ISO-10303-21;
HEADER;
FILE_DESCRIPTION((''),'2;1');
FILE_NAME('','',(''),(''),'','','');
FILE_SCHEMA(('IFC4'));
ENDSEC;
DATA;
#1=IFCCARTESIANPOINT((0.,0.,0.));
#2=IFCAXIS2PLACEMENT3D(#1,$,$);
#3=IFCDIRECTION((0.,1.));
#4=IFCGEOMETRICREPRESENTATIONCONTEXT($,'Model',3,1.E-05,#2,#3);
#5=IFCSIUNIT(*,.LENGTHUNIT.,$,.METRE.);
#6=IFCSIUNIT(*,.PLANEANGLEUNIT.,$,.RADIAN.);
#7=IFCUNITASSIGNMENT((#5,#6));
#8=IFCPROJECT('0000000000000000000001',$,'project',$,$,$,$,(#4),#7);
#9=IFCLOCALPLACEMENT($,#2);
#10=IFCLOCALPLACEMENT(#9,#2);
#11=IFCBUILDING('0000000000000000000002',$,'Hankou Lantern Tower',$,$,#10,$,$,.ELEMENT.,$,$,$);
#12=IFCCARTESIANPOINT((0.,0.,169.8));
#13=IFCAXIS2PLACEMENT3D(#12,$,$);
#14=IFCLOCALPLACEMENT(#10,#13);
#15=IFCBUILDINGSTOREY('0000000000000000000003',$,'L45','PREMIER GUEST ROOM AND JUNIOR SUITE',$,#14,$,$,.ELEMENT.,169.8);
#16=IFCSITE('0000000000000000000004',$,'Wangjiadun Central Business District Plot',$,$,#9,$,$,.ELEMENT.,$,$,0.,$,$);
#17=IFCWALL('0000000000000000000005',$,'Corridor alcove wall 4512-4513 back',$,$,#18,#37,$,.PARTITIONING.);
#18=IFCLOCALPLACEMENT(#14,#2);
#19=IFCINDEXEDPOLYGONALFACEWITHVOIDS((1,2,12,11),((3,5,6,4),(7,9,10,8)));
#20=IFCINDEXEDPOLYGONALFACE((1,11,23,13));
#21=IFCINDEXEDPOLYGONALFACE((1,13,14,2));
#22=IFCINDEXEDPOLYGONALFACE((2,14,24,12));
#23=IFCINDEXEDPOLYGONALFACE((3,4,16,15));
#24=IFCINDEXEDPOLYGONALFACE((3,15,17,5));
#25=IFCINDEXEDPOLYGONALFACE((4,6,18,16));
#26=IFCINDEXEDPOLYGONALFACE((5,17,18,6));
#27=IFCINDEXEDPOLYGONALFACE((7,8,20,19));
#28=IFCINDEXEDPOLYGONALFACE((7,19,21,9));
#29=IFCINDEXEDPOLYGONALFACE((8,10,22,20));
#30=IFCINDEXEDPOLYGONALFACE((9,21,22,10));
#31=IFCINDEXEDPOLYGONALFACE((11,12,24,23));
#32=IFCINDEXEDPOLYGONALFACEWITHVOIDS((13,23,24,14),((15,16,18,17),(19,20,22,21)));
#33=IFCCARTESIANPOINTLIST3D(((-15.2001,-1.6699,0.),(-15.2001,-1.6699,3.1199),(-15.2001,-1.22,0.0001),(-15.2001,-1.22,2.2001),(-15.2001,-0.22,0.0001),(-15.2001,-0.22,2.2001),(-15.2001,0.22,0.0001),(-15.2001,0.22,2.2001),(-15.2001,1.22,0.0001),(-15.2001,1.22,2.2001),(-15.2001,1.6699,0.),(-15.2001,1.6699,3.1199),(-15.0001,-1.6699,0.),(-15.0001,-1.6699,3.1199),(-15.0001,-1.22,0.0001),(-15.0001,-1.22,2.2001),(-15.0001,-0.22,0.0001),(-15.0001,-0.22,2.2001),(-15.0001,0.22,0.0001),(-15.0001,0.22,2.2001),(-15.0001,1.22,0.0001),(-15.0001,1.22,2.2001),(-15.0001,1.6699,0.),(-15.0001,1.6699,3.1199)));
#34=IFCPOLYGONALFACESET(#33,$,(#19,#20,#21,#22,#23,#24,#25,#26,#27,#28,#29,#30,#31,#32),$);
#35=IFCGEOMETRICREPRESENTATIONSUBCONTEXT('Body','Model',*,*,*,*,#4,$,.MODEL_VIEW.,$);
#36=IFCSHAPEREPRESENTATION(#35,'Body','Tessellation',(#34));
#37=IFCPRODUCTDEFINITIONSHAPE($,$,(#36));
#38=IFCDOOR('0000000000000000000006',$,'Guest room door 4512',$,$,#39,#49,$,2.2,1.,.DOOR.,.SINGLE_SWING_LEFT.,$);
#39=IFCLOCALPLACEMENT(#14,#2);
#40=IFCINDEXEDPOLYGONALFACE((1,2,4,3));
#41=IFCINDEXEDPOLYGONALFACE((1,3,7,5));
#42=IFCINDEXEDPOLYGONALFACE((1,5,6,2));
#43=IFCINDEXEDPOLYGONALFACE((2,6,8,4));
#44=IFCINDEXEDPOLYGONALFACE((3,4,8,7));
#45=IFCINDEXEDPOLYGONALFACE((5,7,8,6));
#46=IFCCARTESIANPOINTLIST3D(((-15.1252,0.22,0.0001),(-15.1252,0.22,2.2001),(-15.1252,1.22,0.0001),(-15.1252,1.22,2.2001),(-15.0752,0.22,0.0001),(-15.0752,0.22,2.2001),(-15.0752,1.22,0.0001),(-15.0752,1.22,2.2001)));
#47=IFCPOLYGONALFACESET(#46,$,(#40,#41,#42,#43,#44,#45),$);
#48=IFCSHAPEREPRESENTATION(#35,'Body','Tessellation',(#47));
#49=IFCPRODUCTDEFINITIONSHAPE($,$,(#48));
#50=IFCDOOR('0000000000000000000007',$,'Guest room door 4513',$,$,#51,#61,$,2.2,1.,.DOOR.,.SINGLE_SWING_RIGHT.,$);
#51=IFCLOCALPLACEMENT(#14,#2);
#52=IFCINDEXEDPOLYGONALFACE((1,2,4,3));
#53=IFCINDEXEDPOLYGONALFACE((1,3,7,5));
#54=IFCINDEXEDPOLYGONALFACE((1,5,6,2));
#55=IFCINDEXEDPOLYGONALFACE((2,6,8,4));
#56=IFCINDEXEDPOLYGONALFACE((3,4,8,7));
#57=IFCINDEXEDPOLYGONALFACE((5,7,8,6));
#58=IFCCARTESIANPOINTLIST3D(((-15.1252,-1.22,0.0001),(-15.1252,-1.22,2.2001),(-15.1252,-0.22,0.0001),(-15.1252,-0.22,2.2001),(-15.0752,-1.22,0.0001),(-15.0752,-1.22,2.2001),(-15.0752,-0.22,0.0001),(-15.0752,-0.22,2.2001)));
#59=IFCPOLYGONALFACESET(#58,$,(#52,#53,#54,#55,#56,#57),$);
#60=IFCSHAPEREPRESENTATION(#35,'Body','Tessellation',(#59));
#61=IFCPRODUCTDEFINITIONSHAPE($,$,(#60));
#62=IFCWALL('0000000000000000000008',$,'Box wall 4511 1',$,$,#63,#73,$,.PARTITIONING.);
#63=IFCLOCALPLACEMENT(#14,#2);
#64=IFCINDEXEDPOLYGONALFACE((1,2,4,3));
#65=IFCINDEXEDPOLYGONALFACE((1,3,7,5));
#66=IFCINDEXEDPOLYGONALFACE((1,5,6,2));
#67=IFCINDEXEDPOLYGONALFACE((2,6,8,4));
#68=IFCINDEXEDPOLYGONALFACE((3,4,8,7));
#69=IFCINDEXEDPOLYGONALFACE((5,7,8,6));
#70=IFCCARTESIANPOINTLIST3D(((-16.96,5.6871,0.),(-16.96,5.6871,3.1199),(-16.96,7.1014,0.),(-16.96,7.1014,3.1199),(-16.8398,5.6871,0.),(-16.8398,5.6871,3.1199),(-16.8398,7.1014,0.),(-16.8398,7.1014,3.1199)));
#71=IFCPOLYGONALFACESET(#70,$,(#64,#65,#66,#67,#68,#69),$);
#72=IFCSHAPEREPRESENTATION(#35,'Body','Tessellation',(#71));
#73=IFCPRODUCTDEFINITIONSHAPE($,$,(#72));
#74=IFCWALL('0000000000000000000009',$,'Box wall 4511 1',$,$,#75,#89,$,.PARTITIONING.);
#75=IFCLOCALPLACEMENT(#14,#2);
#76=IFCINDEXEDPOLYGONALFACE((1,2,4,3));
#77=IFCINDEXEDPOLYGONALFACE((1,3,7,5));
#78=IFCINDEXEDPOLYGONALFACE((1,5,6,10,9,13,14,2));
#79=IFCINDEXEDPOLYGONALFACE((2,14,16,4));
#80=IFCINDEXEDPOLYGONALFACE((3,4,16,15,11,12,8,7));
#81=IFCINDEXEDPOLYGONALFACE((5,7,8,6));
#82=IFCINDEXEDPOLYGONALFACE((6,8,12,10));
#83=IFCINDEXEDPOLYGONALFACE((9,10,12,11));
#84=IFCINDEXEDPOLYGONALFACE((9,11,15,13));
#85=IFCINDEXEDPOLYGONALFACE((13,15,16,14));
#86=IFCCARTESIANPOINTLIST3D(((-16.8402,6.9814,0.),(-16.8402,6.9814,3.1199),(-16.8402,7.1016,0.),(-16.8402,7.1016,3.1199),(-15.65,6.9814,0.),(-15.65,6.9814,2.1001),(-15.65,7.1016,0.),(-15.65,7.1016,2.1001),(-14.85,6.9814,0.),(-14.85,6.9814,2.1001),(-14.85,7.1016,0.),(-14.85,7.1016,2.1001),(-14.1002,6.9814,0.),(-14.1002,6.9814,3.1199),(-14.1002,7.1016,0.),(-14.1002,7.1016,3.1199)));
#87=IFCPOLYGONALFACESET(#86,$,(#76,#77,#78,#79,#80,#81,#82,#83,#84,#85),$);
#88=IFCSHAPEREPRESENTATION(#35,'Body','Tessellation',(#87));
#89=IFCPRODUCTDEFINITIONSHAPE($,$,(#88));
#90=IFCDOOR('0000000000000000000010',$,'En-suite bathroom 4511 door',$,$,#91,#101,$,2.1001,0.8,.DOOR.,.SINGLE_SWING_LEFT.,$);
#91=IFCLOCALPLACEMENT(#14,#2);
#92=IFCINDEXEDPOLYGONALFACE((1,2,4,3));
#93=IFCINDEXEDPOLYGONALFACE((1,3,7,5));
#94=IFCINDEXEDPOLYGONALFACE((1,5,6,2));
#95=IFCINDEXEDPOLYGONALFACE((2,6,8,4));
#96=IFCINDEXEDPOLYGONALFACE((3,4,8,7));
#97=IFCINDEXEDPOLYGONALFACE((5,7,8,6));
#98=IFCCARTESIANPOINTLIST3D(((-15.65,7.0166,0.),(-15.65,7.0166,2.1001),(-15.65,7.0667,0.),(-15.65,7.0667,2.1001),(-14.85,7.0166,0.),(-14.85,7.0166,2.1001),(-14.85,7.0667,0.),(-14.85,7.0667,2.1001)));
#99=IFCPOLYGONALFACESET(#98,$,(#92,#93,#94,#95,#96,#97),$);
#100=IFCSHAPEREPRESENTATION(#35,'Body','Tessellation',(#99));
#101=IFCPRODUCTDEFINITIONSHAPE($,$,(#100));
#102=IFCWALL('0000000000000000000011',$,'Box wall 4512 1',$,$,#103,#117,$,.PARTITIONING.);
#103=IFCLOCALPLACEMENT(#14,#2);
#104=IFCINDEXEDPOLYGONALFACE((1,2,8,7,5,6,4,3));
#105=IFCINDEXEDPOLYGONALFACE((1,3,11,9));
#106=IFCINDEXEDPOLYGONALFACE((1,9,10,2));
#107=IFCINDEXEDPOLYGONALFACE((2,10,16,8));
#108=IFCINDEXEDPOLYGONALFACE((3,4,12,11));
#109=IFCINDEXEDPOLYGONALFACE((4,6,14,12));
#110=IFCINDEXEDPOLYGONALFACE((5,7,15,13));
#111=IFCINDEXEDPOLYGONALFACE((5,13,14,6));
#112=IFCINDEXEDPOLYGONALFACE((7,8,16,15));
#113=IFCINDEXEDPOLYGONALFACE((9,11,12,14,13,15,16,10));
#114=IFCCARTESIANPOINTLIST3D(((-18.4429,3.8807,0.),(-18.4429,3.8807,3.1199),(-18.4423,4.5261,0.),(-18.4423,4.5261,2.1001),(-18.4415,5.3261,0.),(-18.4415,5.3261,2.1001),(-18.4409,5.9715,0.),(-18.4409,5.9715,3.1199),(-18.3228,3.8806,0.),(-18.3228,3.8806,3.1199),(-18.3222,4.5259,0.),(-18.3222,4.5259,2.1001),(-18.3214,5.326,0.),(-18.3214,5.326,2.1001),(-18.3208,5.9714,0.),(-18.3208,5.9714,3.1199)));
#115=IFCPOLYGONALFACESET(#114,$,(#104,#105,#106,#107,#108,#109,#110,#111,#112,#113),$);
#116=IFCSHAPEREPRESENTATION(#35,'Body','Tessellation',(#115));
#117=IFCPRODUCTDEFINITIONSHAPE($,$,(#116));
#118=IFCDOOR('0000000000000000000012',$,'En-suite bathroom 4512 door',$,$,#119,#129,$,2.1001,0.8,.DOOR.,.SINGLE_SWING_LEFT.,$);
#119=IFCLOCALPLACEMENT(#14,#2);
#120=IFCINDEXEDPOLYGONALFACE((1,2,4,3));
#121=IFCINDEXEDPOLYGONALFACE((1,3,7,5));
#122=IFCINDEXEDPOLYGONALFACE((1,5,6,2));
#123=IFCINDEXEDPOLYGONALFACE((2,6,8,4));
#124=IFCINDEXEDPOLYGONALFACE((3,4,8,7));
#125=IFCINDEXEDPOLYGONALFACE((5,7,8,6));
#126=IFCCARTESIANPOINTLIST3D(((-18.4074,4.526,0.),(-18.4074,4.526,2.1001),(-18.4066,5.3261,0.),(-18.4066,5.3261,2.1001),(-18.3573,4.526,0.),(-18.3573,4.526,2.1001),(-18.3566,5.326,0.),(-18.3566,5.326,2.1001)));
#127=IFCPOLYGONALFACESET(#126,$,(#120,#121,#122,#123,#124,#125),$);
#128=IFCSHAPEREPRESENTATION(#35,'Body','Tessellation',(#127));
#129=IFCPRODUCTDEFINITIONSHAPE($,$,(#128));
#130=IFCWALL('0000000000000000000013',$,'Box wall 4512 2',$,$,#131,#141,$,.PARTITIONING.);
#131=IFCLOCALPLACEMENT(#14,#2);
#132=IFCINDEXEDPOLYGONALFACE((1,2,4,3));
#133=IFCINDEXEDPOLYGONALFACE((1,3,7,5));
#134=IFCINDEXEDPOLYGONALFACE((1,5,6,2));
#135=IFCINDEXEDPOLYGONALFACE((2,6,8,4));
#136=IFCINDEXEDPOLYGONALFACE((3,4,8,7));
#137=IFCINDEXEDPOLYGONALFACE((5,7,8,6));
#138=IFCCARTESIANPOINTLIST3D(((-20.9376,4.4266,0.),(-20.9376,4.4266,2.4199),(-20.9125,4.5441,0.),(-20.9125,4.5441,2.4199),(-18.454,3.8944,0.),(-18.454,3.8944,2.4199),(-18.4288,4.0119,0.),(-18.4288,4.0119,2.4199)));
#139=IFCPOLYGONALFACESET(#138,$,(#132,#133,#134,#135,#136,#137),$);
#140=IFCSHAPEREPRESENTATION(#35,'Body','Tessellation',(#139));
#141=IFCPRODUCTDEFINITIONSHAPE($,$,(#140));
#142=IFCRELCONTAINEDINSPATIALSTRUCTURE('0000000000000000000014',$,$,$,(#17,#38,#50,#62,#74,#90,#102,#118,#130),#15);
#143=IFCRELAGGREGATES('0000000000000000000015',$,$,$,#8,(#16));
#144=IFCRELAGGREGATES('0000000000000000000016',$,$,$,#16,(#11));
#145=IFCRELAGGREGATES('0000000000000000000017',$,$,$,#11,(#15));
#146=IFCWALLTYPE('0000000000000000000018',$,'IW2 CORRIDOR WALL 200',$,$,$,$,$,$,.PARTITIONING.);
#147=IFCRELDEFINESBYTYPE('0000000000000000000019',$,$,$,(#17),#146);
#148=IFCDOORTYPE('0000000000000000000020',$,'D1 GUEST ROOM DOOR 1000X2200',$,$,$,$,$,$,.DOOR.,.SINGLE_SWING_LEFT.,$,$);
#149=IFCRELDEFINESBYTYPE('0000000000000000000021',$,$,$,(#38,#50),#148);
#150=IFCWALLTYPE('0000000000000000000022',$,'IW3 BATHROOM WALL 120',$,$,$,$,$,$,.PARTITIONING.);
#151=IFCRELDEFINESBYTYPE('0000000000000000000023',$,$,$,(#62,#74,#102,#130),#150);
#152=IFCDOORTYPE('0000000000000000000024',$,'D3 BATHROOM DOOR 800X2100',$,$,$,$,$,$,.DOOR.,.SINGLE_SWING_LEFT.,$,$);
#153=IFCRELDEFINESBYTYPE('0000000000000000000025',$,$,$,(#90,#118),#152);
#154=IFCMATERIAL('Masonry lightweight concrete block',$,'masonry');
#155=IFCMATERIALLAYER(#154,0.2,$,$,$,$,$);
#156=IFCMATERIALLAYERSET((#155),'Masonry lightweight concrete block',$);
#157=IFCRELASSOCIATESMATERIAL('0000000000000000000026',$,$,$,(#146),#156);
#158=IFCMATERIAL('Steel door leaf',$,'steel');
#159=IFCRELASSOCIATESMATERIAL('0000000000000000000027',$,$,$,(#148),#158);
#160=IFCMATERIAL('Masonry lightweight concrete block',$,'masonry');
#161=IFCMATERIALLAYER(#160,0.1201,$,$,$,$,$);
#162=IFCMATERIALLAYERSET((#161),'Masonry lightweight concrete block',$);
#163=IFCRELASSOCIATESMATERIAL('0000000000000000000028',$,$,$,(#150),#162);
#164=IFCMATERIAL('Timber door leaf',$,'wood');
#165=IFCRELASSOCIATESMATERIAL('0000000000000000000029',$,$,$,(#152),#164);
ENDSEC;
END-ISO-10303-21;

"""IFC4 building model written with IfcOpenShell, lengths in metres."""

from ifc_helpers import new_model, si_unit, direction, frame, frame_2d, origin, place, context, subcontext, project, spatial, rectangle, extrude, material, layer, layer_set, type_object, element, fill, save


model = new_model("IFC4")

# Units and contexts
model_context = context("Model", 3, precision=1e-05, world=origin(), true_north=direction((0.0, 1.0)))
body_context = subcontext(model_context, "Body", "Model", "MODEL_VIEW")
ifc_project = project(units=[si_unit("LENGTHUNIT", "METRE"), si_unit("PLANEANGLEUNIT", "RADIAN")], contexts=[model_context])

# Site, building, storey
site_placement = place(None, origin())
site = spatial("IfcSite", under=ifc_project, at=site_placement, Name="Wangjiadun Central Business District Plot", CompositionType="ELEMENT", RefElevation=0.0)
building_placement = place(site_placement, origin())
building = spatial("IfcBuilding", under=site, at=building_placement, Name="Hankou Lantern Tower", CompositionType="ELEMENT")
storey_placement = place(building_placement, frame((0.0, 0.0, 169.8)))
storey = spatial("IfcBuildingStorey", under=building, at=storey_placement, Name="L45", Description="PREMIER GUEST ROOM AND JUNIOR SUITE", CompositionType="ELEMENT", Elevation=169.8)

# Wall, openings, doors
ifc_material_1 = material(Name="Masonry lightweight concrete block", Category="masonry")
ifc_layer_1 = layer(ifc_material_1, 0.2)
ifc_layer_set_1 = layer_set([ifc_layer_1], Name="Masonry lightweight concrete block")
wall_type_1 = type_object("IfcWallType", Name="IW2 CORRIDOR WALL 200", PredefinedType="PARTITIONING", material=ifc_layer_set_1)
wall_1_placement = place(storey_placement, frame((-15.1001, 1.6699, 0.0), z_axis=(0.0, 0.0, 1.0), x_axis=(0.0, -1.0, 0.0)))
wall_1 = element("IfcWall", 1, at=wall_1_placement, inside=storey, type_object=wall_type_1, Name="Corridor alcove wall 4512-4513 back", PredefinedType="PARTITIONING", context=body_context, shape_type="SweptSolid", body=[
    extrude(rectangle(XDim=3.3398, YDim=0.2, at=frame_2d((1.6699, 0.0))), origin(), (0.0, 0.0, 1.0), 3.1199),
])
opening_1_placement = place(wall_1_placement, frame((0.45, 0.0, 0.0)))
opening_1 = element("IfcOpeningElement", 2, at=opening_1_placement, cuts=wall_1, PredefinedType="OPENING", context=body_context, shape_type="SweptSolid", body=[
    extrude(rectangle(XDim=1.0, YDim=2.2, at=frame_2d((0.5, 1.1001))), frame((0.0, 0.1099, 0.0), z_axis=(0.0, -1.0, 0.0), x_axis=(1.0, 0.0, 0.0)), (0.0, 0.0, 1.0), 0.22),
])
opening_2_placement = place(wall_1_placement, frame((1.8899, 0.0, 0.0)))
opening_2 = element("IfcOpeningElement", 3, at=opening_2_placement, cuts=wall_1, PredefinedType="OPENING", context=body_context, shape_type="SweptSolid", body=[
    extrude(rectangle(XDim=1.0, YDim=2.2, at=frame_2d((0.5, 1.1001))), frame((0.0, 0.1099, 0.0), z_axis=(0.0, -1.0, 0.0), x_axis=(1.0, 0.0, 0.0)), (0.0, 0.0, 1.0), 0.22),
])
ifc_material_2 = material(Name="Steel door leaf", Category="steel")
door_type_1 = type_object("IfcDoorType", Name="D1 GUEST ROOM DOOR 1000X2200", OperationType="SINGLE_SWING_LEFT", PredefinedType="DOOR", material=ifc_material_2)
door_1_placement = place(opening_1_placement, origin())
door_1 = element("IfcDoor", 4, at=door_1_placement, inside=storey, type_object=door_type_1, Name="Guest room door 4512", OperationType="SINGLE_SWING_LEFT", OverallHeight=2.2, OverallWidth=1.0, PredefinedType="DOOR", context=body_context, shape_type="SweptSolid", body=[
    extrude(rectangle(XDim=1.0, YDim=2.2, at=frame_2d((0.5, 1.1001))), frame((0.0, 0.0249, 0.0), z_axis=(0.0, -1.0, 0.0), x_axis=(1.0, 0.0, 0.0)), (0.0, 0.0, 1.0), 0.05),
])
fill(opening_1, door_1)
door_2_placement = place(opening_2_placement, origin())
door_2 = element("IfcDoor", 5, at=door_2_placement, inside=storey, type_object=door_type_1, Name="Guest room door 4513", OperationType="SINGLE_SWING_RIGHT", OverallHeight=2.2, OverallWidth=1.0, PredefinedType="DOOR", context=body_context, shape_type="SweptSolid", body=[
    extrude(rectangle(XDim=1.0, YDim=2.2, at=frame_2d((0.5, 1.1001))), frame((0.0, 0.0249, 0.0), z_axis=(0.0, -1.0, 0.0), x_axis=(1.0, 0.0, 0.0)), (0.0, 0.0, 1.0), 0.05),
])
fill(opening_2, door_2)

# Wall
ifc_material_3 = material(Name="Masonry lightweight concrete block", Category="masonry")
ifc_layer_2 = layer(ifc_material_3, 0.1201)
ifc_layer_set_2 = layer_set([ifc_layer_2], Name="Masonry lightweight concrete block")
wall_type_2 = type_object("IfcWallType", Name="IW3 BATHROOM WALL 120", PredefinedType="PARTITIONING", material=ifc_layer_set_2)
wall_2_placement = place(storey_placement, frame((-16.8999, 5.6873, 0.0), z_axis=(0.0, 0.0, 1.0), x_axis=(0.0, 1.0, 0.0)))
element("IfcWall", 6, at=wall_2_placement, inside=storey, type_object=wall_type_2, Name="Box wall 4511 1", PredefinedType="PARTITIONING", context=body_context, shape_type="SweptSolid", body=[
    extrude(rectangle(XDim=1.4143, YDim=0.1201, at=frame_2d((0.707, 0.0))), origin(), (0.0, 0.0, 1.0), 3.1199),
])

# Walls, openings, doors
wall_3_placement = place(storey_placement, frame((-14.1001, 7.0415, 0.0), z_axis=(0.0, 0.0, 1.0), x_axis=(-1.0, 0.0, 0.0)))
wall_3 = element("IfcWall", 7, at=wall_3_placement, inside=storey, type_object=wall_type_2, Name="Box wall 4511 1", PredefinedType="PARTITIONING", context=body_context, shape_type="SweptSolid", body=[
    extrude(rectangle(XDim=2.74, YDim=0.1201, at=frame_2d((1.3701, 0.0))), origin(), (0.0, 0.0, 1.0), 3.1199),
])
opening_3_placement = place(wall_3_placement, frame((0.75, 0.0, 0.0)))
opening_3 = element("IfcOpeningElement", 8, at=opening_3_placement, cuts=wall_3, PredefinedType="OPENING", context=body_context, shape_type="SweptSolid", body=[
    extrude(rectangle(XDim=0.8, YDim=2.1001, at=frame_2d((0.3999, 1.05))), frame((0.0, 0.0701, 0.0), z_axis=(0.0, -1.0, 0.0), x_axis=(1.0, 0.0, 0.0)), (0.0, 0.0, 1.0), 0.1401),
])
ifc_material_4 = material(Name="Timber door leaf", Category="wood")
door_type_2 = type_object("IfcDoorType", Name="D3 BATHROOM DOOR 800X2100", OperationType="SINGLE_SWING_LEFT", PredefinedType="DOOR", material=ifc_material_4)
door_3_placement = place(opening_3_placement, origin())
door_3 = element("IfcDoor", 9, at=door_3_placement, inside=storey, type_object=door_type_2, Name="En-suite bathroom 4511 door", OperationType="SINGLE_SWING_LEFT", OverallHeight=2.1001, OverallWidth=0.8, PredefinedType="DOOR", context=body_context, shape_type="SweptSolid", body=[
    extrude(rectangle(XDim=0.8, YDim=2.1001, at=frame_2d((0.3999, 1.05))), frame((0.0, 0.0249, 0.0), z_axis=(0.0, -1.0, 0.0), x_axis=(1.0, 0.0, 0.0)), (0.0, 0.0, 1.0), 0.05),
])
fill(opening_3, door_3)
wall_4_placement = place(storey_placement, frame((-18.3809, 5.9714, 0.0), z_axis=(0.0, 0.0, 1.0), x_axis=(-0.000934, -1.0, 0.0)))
wall_4 = element("IfcWall", 10, at=wall_4_placement, inside=storey, type_object=wall_type_2, Name="Box wall 4512 1", PredefinedType="PARTITIONING", context=body_context, shape_type="SweptSolid", body=[
    extrude(rectangle(XDim=2.0908, YDim=0.1201, at=frame_2d((1.0454, 0.0))), origin(), (0.0, 0.0, 1.0), 3.1199),
])
opening_4_placement = place(wall_4_placement, frame((0.6455, 0.0, 0.0)))
opening_4 = element("IfcOpeningElement", 11, at=opening_4_placement, cuts=wall_4, PredefinedType="OPENING", context=body_context, shape_type="SweptSolid", body=[
    extrude(rectangle(XDim=0.8, YDim=2.1001, at=frame_2d((0.3999, 1.05))), frame((0.0, 0.0701, 0.0), z_axis=(0.0, -1.0, 0.0), x_axis=(1.0, 0.0, 0.0)), (0.0, 0.0, 1.0), 0.1401),
])
door_4_placement = place(opening_4_placement, origin())
door_4 = element("IfcDoor", 12, at=door_4_placement, inside=storey, type_object=door_type_2, Name="En-suite bathroom 4512 door", OperationType="SINGLE_SWING_LEFT", OverallHeight=2.1001, OverallWidth=0.8, PredefinedType="DOOR", context=body_context, shape_type="SweptSolid", body=[
    extrude(rectangle(XDim=0.8, YDim=2.1001, at=frame_2d((0.3999, 1.05))), frame((0.0, 0.0249, 0.0), z_axis=(0.0, -1.0, 0.0), x_axis=(1.0, 0.0, 0.0)), (0.0, 0.0, 1.0), 0.05),
])
fill(opening_4, door_4)

# Wall
wall_5_placement = place(storey_placement, frame((-18.4414, 3.9531, 0.0), z_axis=(0.0, 0.0, 1.0), x_axis=(-0.977801, 0.209536, 0.0)))
element("IfcWall", 13, at=wall_5_placement, inside=storey, type_object=wall_type_2, Name="Box wall 4512 2", PredefinedType="PARTITIONING", context=body_context, shape_type="SweptSolid", body=[
    extrude(rectangle(XDim=2.54, YDim=0.1201, at=frame_2d((1.27, 0.0))), origin(), (0.0, 0.0, 1.0), 2.4199),
])

save(model, "model.ifc")
